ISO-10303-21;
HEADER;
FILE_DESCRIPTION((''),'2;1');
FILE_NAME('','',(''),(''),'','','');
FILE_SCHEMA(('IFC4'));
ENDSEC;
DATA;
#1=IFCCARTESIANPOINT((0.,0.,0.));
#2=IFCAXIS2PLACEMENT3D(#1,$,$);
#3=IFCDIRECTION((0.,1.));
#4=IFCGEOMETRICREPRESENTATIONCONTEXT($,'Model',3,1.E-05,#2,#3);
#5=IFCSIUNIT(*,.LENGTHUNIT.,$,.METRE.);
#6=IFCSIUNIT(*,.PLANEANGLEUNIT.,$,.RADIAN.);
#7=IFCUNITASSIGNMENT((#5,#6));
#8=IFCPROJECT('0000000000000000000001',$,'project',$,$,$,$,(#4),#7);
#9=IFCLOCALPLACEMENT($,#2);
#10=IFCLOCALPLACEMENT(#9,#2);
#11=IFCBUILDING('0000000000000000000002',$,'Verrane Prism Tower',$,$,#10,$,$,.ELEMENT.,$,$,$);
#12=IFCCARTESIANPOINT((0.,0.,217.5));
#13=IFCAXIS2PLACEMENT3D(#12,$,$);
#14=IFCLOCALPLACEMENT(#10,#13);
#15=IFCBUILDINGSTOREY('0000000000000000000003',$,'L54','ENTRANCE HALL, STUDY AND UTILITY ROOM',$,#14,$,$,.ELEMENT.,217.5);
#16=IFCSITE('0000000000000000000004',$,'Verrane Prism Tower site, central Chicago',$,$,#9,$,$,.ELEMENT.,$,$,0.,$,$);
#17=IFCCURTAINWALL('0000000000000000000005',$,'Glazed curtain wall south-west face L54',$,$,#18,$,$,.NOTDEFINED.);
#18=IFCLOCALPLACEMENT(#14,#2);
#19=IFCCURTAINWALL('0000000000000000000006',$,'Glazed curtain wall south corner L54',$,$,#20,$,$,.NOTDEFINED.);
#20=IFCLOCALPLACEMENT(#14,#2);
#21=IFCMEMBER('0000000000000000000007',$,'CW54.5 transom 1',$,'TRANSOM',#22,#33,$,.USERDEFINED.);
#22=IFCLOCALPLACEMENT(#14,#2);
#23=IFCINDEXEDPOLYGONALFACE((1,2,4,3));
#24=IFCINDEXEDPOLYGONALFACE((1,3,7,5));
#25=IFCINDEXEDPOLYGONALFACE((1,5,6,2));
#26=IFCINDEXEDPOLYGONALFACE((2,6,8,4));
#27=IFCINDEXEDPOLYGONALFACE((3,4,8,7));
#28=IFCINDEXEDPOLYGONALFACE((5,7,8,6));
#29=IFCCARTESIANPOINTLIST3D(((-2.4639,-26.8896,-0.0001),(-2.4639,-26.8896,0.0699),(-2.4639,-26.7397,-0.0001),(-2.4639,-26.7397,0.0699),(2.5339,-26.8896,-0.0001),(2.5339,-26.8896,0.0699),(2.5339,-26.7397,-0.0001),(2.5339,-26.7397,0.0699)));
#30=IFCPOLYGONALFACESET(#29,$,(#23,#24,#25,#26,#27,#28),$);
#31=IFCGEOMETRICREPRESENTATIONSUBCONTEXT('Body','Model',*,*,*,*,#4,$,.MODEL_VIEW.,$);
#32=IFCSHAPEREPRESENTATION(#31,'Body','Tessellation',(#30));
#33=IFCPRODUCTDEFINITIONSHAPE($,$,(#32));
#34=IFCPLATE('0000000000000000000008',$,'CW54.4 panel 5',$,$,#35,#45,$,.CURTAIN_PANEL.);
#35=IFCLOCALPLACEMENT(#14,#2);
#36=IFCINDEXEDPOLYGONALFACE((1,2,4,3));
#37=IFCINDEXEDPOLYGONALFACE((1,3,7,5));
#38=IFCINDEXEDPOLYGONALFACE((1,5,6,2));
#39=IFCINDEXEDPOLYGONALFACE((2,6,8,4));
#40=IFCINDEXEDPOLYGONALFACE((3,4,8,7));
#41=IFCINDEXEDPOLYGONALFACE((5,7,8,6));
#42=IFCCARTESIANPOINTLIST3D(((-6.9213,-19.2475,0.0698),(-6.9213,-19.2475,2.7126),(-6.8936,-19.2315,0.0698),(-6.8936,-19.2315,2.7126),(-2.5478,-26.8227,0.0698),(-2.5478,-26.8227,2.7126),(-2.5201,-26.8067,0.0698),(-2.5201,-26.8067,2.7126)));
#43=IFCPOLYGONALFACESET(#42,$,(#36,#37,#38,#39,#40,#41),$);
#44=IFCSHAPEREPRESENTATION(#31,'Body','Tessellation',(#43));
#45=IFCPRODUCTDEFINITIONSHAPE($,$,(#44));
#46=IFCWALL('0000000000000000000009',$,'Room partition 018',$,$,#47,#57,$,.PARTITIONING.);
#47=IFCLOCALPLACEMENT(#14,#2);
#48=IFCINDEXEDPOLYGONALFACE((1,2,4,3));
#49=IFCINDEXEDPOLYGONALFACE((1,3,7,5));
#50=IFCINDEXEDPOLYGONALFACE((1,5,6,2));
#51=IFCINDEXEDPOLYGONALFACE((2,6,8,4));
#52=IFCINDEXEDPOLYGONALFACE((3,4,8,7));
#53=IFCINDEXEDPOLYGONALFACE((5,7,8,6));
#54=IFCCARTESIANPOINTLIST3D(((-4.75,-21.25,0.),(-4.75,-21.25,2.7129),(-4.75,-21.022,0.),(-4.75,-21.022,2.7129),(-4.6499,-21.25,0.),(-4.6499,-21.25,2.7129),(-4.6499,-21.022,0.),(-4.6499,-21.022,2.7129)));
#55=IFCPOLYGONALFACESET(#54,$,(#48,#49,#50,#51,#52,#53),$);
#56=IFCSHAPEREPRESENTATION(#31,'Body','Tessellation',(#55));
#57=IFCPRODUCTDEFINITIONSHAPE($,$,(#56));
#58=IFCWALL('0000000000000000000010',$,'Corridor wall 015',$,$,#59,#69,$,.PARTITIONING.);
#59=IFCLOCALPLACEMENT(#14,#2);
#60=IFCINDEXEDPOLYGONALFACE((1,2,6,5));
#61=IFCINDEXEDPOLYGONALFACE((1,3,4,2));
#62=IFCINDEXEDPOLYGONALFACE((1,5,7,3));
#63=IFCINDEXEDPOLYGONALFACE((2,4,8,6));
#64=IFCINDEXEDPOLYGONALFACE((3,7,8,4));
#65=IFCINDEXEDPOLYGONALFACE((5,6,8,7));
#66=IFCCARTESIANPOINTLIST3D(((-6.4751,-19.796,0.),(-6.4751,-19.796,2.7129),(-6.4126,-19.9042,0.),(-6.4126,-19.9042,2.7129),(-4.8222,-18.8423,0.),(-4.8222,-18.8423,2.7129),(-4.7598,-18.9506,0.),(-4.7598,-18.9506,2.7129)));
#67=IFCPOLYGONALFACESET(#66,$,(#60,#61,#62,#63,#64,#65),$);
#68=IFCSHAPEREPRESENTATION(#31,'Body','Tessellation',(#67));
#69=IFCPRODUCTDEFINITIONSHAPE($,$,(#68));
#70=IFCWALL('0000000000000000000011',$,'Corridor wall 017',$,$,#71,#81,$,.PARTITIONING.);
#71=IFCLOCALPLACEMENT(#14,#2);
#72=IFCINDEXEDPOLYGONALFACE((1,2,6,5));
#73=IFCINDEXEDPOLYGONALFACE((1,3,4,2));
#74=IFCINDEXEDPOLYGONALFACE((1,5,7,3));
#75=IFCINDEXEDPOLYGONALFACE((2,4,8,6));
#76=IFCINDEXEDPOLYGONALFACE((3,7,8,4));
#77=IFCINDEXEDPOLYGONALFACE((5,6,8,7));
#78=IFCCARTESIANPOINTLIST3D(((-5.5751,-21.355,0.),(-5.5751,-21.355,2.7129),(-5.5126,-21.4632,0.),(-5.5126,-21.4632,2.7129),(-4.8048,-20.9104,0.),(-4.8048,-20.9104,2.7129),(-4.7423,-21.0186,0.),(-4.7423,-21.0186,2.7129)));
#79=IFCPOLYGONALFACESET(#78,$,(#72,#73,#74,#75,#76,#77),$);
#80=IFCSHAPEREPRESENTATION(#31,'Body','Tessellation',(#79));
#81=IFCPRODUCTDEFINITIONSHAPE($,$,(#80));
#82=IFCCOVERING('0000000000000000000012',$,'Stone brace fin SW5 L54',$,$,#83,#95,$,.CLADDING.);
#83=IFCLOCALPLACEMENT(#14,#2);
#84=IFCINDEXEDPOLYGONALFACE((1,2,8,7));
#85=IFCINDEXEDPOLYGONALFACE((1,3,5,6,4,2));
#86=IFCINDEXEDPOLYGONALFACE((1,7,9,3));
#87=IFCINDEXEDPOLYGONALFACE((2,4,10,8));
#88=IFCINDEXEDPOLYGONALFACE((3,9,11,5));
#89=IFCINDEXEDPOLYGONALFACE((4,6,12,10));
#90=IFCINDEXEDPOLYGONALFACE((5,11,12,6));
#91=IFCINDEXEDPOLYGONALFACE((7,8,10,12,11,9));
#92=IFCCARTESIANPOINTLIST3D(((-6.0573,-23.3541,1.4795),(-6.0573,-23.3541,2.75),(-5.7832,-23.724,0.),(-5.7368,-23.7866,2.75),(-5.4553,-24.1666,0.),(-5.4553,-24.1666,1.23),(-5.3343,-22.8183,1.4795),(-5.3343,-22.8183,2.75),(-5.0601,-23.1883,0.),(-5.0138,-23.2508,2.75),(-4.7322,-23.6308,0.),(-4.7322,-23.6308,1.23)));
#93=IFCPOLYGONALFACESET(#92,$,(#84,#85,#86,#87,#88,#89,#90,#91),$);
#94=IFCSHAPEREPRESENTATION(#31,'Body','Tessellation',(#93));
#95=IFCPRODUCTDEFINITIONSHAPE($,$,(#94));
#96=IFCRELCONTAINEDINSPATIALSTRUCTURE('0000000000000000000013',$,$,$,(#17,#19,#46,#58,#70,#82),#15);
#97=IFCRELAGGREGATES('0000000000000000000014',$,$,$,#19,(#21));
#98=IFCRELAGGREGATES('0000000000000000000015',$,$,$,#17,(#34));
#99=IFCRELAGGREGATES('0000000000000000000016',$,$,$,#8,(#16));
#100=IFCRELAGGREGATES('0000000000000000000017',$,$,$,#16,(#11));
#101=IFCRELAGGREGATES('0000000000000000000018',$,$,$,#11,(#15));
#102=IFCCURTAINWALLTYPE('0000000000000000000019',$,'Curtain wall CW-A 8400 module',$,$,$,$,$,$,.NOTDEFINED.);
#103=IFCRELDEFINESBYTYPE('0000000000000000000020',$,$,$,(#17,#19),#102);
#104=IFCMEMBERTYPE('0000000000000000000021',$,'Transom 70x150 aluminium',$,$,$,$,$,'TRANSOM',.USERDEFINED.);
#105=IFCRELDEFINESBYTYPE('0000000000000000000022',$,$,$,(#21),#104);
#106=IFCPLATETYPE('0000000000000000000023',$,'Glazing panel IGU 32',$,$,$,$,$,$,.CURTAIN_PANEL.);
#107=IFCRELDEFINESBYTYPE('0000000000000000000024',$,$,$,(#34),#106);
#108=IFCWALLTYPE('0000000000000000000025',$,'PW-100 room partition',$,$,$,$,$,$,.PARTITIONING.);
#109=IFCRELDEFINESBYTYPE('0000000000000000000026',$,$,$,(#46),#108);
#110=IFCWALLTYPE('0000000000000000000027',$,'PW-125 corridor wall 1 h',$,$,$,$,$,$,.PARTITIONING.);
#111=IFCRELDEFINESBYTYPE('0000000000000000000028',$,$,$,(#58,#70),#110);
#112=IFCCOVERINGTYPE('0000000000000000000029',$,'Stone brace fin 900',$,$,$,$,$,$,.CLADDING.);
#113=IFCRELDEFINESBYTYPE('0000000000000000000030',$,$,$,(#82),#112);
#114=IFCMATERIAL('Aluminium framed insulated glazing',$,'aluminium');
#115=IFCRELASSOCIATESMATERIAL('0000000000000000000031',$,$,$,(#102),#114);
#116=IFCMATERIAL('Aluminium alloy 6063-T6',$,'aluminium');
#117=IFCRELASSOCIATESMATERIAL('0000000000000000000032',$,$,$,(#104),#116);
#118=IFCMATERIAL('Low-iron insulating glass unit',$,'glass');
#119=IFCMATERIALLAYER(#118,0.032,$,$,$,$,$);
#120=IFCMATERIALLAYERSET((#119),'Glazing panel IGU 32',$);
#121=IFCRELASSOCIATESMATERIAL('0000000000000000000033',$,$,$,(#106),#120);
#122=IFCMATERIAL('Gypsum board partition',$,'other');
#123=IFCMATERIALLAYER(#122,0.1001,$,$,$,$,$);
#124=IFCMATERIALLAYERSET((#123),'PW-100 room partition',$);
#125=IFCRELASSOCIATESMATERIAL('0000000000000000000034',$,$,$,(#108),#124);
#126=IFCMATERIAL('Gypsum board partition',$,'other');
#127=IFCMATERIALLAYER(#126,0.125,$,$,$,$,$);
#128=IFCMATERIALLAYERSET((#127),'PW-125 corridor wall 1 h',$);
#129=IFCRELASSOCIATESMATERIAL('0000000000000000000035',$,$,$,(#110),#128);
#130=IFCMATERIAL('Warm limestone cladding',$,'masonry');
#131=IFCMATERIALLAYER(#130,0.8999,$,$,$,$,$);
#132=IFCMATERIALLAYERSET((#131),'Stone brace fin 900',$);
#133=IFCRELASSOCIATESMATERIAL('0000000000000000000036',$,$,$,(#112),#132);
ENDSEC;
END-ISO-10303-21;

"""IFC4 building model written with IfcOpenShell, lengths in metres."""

from ifc_helpers import new_model, si_unit, direction, frame, frame_2d, origin, origin_2d, place, context, subcontext, project, spatial, polyline, rectangle, outline, extrude, material, layer, layer_set, material_profile, profile_set, type_object, element, aggregate, save


model = new_model("IFC4")

# Units and contexts
model_context = context("Model", 3, precision=1e-05, world=origin(), true_north=direction((0.0, 1.0)))
body_context = subcontext(model_context, "Body", "Model", "MODEL_VIEW")
ifc_project = project(units=[si_unit("LENGTHUNIT", "METRE"), si_unit("PLANEANGLEUNIT", "RADIAN")], contexts=[model_context])

# Site, building, storey
site_placement = place(None, origin())
site = spatial("IfcSite", under=ifc_project, at=site_placement, Name="Verrane Prism Tower site, central Chicago", CompositionType="ELEMENT", RefElevation=0.0)
building_placement = place(site_placement, origin())
building = spatial("IfcBuilding", under=site, at=building_placement, Name="Verrane Prism Tower", CompositionType="ELEMENT")
storey_placement = place(building_placement, frame((0.0, 0.0, 217.5)))
storey = spatial("IfcBuildingStorey", under=building, at=storey_placement, Name="L54", Description="ENTRANCE HALL, STUDY AND UTILITY ROOM", CompositionType="ELEMENT", Elevation=217.5)

# Curtain walls
ifc_material_1 = material(Name="Aluminium framed insulated glazing", Category="aluminium")
curtain_wall_type = type_object("IfcCurtainWallType", Name="Curtain wall CW-A 8400 module", PredefinedType="NOTDEFINED", material=ifc_material_1)
curtain_wall_1_placement = place(storey_placement, origin())
curtain_wall_1 = element("IfcCurtainWall", 1, at=curtain_wall_1_placement, inside=storey, type_object=curtain_wall_type, Name="Glazed curtain wall south-west face L54", PredefinedType="NOTDEFINED")
curtain_wall_2_placement = place(storey_placement, origin())
curtain_wall_2 = element("IfcCurtainWall", 2, at=curtain_wall_2_placement, inside=storey, type_object=curtain_wall_type, Name="Glazed curtain wall south corner L54", PredefinedType="NOTDEFINED")

# Member
ifc_material_2 = material(Name="Aluminium alloy 6063-T6", Category="aluminium")
ifc_material_profile_1 = material_profile(ifc_material_2, rectangle(XDim=0.1499, YDim=0.0701, at=origin_2d()), Name="Transom 70x150 aluminium")
ifc_profile_set_1 = profile_set([ifc_material_profile_1], Name="Aluminium alloy 6063-T6")
member_type_1 = type_object("IfcMemberType", Name="Transom 70x150 aluminium", ElementType="TRANSOM", PredefinedType="USERDEFINED", material=ifc_profile_set_1)
member_1_placement = place(storey_placement, frame((-2.4639, -26.8147, 0.0349), z_axis=(1.0, 0.0, 0.0), x_axis=(0.0, 1.0, 0.0)))
member_1 = element("IfcMember", 3, at=member_1_placement, type_object=member_type_1, Name="CW54.5 transom 1", ObjectType="TRANSOM", PredefinedType="USERDEFINED", context=body_context, shape_type="SweptSolid", body=[
    extrude(rectangle(XDim=0.1499, YDim=0.0701, at=origin_2d()), origin(), (0.0, 0.0, 1.0), 4.9978),
])
aggregate(curtain_wall_2, [member_1])

# Plate
ifc_material_3 = material(Name="Low-iron insulating glass unit", Category="glass")
ifc_layer_1 = layer(ifc_material_3, 0.032)
ifc_layer_set_1 = layer_set([ifc_layer_1], Name="Glazing panel IGU 32")
plate_type = type_object("IfcPlateType", Name="Glazing panel IGU 32", PredefinedType="CURTAIN_PANEL", material=ifc_layer_set_1)
plate_placement = place(storey_placement, frame((-4.7207, -23.0271, 0.0698), z_axis=(0.0, 0.0, 1.0), x_axis=(0.500001, -0.866025, 0.0)))
plate = element("IfcPlate", 4, at=plate_placement, type_object=plate_type, Name="CW54.4 panel 5", PredefinedType="CURTAIN_PANEL", context=body_context, shape_type="SweptSolid", body=[
    extrude(rectangle(XDim=8.7471, YDim=0.032, at=origin_2d()), origin(), (0.0, 0.0, 1.0), 2.6428),
])
aggregate(curtain_wall_1, [plate])

# Walls
ifc_material_4 = material(Name="Gypsum board partition", Category="other")
ifc_layer_2 = layer(ifc_material_4, 0.1001)
ifc_layer_set_2 = layer_set([ifc_layer_2], Name="PW-100 room partition")
wall_type_1 = type_object("IfcWallType", Name="PW-100 room partition", PredefinedType="PARTITIONING", material=ifc_layer_set_2)
wall_1_placement = place(storey_placement, frame((-4.7, -21.25, 0.0), z_axis=(0.0, 0.0, 1.0), x_axis=(0.0, 1.0, 0.0)))
element("IfcWall", 5, at=wall_1_placement, inside=storey, type_object=wall_type_1, Name="Room partition 018", PredefinedType="PARTITIONING", context=body_context, shape_type="SweptSolid", body=[
    extrude(rectangle(XDim=0.228, YDim=0.1001, at=frame_2d((0.114, 0.0))), origin(), (0.0, 0.0, 1.0), 2.7129),
])
ifc_material_5 = material(Name="Gypsum board partition", Category="other")
ifc_layer_3 = layer(ifc_material_5, 0.125)
ifc_layer_set_3 = layer_set([ifc_layer_3], Name="PW-125 corridor wall 1 h")
wall_type_2 = type_object("IfcWallType", Name="PW-125 corridor wall 1 h", PredefinedType="PARTITIONING", material=ifc_layer_set_3)
wall_2_placement = place(storey_placement, frame((-6.4438, -19.8501, 0.0), z_axis=(0.0, 0.0, 1.0), x_axis=(0.866173, 0.499745, 0.0)))
element("IfcWall", 6, at=wall_2_placement, inside=storey, type_object=wall_type_2, Name="Corridor wall 015", PredefinedType="PARTITIONING", context=body_context, shape_type="SweptSolid", body=[
    extrude(rectangle(XDim=1.9082, YDim=0.125, at=frame_2d((0.9541, 0.0))), origin(), (0.0, 0.0, 1.0), 2.7129),
])
wall_3_placement = place(storey_placement, frame((-5.5439, -21.4092, 0.0), z_axis=(0.0, 0.0, 1.0), x_axis=(0.86609, 0.499889, 0.0)))
element("IfcWall", 7, at=wall_3_placement, inside=storey, type_object=wall_type_2, Name="Corridor wall 017", PredefinedType="PARTITIONING", context=body_context, shape_type="SweptSolid", body=[
    extrude(rectangle(XDim=0.8894, YDim=0.125, at=frame_2d((0.4448, 0.0))), origin(), (0.0, 0.0, 1.0), 2.7129),
])

# Covering
ifc_material_6 = material(Name="Warm limestone cladding", Category="masonry")
ifc_layer_4 = layer(ifc_material_6, 0.8999)
ifc_layer_set_4 = layer_set([ifc_layer_4], Name="Stone brace fin 900")
covering_type = type_object("IfcCoveringType", Name="Stone brace fin 900", PredefinedType="CLADDING", material=ifc_layer_set_4)
covering_placement = place(storey_placement, frame((-5.0938, -23.8987, 0.0), z_axis=(0.0, 0.0, 1.0), x_axis=(-0.595355, 0.803463, 0.0)))
element("IfcCovering", 8, at=covering_placement, inside=storey, type_object=covering_type, Name="Stone brace fin SW5 L54", PredefinedType="CLADDING", context=body_context, shape_type="SweptSolid", body=[
    extrude(outline(polyline([(1.0112, 2.75), (0.4729, 2.75), (0.0, 1.23), (0.0, 0.0), (0.5508, 0.0), (1.0112, 1.4795), (1.0112, 2.75)])), frame((0.0, 0.45, 0.0), z_axis=(0.0, -1.0, 0.0), x_axis=(1.0, 0.0, 0.0)), (0.0, 0.0, 1.0), 0.8999),
])

save(model, "model.ifc")
